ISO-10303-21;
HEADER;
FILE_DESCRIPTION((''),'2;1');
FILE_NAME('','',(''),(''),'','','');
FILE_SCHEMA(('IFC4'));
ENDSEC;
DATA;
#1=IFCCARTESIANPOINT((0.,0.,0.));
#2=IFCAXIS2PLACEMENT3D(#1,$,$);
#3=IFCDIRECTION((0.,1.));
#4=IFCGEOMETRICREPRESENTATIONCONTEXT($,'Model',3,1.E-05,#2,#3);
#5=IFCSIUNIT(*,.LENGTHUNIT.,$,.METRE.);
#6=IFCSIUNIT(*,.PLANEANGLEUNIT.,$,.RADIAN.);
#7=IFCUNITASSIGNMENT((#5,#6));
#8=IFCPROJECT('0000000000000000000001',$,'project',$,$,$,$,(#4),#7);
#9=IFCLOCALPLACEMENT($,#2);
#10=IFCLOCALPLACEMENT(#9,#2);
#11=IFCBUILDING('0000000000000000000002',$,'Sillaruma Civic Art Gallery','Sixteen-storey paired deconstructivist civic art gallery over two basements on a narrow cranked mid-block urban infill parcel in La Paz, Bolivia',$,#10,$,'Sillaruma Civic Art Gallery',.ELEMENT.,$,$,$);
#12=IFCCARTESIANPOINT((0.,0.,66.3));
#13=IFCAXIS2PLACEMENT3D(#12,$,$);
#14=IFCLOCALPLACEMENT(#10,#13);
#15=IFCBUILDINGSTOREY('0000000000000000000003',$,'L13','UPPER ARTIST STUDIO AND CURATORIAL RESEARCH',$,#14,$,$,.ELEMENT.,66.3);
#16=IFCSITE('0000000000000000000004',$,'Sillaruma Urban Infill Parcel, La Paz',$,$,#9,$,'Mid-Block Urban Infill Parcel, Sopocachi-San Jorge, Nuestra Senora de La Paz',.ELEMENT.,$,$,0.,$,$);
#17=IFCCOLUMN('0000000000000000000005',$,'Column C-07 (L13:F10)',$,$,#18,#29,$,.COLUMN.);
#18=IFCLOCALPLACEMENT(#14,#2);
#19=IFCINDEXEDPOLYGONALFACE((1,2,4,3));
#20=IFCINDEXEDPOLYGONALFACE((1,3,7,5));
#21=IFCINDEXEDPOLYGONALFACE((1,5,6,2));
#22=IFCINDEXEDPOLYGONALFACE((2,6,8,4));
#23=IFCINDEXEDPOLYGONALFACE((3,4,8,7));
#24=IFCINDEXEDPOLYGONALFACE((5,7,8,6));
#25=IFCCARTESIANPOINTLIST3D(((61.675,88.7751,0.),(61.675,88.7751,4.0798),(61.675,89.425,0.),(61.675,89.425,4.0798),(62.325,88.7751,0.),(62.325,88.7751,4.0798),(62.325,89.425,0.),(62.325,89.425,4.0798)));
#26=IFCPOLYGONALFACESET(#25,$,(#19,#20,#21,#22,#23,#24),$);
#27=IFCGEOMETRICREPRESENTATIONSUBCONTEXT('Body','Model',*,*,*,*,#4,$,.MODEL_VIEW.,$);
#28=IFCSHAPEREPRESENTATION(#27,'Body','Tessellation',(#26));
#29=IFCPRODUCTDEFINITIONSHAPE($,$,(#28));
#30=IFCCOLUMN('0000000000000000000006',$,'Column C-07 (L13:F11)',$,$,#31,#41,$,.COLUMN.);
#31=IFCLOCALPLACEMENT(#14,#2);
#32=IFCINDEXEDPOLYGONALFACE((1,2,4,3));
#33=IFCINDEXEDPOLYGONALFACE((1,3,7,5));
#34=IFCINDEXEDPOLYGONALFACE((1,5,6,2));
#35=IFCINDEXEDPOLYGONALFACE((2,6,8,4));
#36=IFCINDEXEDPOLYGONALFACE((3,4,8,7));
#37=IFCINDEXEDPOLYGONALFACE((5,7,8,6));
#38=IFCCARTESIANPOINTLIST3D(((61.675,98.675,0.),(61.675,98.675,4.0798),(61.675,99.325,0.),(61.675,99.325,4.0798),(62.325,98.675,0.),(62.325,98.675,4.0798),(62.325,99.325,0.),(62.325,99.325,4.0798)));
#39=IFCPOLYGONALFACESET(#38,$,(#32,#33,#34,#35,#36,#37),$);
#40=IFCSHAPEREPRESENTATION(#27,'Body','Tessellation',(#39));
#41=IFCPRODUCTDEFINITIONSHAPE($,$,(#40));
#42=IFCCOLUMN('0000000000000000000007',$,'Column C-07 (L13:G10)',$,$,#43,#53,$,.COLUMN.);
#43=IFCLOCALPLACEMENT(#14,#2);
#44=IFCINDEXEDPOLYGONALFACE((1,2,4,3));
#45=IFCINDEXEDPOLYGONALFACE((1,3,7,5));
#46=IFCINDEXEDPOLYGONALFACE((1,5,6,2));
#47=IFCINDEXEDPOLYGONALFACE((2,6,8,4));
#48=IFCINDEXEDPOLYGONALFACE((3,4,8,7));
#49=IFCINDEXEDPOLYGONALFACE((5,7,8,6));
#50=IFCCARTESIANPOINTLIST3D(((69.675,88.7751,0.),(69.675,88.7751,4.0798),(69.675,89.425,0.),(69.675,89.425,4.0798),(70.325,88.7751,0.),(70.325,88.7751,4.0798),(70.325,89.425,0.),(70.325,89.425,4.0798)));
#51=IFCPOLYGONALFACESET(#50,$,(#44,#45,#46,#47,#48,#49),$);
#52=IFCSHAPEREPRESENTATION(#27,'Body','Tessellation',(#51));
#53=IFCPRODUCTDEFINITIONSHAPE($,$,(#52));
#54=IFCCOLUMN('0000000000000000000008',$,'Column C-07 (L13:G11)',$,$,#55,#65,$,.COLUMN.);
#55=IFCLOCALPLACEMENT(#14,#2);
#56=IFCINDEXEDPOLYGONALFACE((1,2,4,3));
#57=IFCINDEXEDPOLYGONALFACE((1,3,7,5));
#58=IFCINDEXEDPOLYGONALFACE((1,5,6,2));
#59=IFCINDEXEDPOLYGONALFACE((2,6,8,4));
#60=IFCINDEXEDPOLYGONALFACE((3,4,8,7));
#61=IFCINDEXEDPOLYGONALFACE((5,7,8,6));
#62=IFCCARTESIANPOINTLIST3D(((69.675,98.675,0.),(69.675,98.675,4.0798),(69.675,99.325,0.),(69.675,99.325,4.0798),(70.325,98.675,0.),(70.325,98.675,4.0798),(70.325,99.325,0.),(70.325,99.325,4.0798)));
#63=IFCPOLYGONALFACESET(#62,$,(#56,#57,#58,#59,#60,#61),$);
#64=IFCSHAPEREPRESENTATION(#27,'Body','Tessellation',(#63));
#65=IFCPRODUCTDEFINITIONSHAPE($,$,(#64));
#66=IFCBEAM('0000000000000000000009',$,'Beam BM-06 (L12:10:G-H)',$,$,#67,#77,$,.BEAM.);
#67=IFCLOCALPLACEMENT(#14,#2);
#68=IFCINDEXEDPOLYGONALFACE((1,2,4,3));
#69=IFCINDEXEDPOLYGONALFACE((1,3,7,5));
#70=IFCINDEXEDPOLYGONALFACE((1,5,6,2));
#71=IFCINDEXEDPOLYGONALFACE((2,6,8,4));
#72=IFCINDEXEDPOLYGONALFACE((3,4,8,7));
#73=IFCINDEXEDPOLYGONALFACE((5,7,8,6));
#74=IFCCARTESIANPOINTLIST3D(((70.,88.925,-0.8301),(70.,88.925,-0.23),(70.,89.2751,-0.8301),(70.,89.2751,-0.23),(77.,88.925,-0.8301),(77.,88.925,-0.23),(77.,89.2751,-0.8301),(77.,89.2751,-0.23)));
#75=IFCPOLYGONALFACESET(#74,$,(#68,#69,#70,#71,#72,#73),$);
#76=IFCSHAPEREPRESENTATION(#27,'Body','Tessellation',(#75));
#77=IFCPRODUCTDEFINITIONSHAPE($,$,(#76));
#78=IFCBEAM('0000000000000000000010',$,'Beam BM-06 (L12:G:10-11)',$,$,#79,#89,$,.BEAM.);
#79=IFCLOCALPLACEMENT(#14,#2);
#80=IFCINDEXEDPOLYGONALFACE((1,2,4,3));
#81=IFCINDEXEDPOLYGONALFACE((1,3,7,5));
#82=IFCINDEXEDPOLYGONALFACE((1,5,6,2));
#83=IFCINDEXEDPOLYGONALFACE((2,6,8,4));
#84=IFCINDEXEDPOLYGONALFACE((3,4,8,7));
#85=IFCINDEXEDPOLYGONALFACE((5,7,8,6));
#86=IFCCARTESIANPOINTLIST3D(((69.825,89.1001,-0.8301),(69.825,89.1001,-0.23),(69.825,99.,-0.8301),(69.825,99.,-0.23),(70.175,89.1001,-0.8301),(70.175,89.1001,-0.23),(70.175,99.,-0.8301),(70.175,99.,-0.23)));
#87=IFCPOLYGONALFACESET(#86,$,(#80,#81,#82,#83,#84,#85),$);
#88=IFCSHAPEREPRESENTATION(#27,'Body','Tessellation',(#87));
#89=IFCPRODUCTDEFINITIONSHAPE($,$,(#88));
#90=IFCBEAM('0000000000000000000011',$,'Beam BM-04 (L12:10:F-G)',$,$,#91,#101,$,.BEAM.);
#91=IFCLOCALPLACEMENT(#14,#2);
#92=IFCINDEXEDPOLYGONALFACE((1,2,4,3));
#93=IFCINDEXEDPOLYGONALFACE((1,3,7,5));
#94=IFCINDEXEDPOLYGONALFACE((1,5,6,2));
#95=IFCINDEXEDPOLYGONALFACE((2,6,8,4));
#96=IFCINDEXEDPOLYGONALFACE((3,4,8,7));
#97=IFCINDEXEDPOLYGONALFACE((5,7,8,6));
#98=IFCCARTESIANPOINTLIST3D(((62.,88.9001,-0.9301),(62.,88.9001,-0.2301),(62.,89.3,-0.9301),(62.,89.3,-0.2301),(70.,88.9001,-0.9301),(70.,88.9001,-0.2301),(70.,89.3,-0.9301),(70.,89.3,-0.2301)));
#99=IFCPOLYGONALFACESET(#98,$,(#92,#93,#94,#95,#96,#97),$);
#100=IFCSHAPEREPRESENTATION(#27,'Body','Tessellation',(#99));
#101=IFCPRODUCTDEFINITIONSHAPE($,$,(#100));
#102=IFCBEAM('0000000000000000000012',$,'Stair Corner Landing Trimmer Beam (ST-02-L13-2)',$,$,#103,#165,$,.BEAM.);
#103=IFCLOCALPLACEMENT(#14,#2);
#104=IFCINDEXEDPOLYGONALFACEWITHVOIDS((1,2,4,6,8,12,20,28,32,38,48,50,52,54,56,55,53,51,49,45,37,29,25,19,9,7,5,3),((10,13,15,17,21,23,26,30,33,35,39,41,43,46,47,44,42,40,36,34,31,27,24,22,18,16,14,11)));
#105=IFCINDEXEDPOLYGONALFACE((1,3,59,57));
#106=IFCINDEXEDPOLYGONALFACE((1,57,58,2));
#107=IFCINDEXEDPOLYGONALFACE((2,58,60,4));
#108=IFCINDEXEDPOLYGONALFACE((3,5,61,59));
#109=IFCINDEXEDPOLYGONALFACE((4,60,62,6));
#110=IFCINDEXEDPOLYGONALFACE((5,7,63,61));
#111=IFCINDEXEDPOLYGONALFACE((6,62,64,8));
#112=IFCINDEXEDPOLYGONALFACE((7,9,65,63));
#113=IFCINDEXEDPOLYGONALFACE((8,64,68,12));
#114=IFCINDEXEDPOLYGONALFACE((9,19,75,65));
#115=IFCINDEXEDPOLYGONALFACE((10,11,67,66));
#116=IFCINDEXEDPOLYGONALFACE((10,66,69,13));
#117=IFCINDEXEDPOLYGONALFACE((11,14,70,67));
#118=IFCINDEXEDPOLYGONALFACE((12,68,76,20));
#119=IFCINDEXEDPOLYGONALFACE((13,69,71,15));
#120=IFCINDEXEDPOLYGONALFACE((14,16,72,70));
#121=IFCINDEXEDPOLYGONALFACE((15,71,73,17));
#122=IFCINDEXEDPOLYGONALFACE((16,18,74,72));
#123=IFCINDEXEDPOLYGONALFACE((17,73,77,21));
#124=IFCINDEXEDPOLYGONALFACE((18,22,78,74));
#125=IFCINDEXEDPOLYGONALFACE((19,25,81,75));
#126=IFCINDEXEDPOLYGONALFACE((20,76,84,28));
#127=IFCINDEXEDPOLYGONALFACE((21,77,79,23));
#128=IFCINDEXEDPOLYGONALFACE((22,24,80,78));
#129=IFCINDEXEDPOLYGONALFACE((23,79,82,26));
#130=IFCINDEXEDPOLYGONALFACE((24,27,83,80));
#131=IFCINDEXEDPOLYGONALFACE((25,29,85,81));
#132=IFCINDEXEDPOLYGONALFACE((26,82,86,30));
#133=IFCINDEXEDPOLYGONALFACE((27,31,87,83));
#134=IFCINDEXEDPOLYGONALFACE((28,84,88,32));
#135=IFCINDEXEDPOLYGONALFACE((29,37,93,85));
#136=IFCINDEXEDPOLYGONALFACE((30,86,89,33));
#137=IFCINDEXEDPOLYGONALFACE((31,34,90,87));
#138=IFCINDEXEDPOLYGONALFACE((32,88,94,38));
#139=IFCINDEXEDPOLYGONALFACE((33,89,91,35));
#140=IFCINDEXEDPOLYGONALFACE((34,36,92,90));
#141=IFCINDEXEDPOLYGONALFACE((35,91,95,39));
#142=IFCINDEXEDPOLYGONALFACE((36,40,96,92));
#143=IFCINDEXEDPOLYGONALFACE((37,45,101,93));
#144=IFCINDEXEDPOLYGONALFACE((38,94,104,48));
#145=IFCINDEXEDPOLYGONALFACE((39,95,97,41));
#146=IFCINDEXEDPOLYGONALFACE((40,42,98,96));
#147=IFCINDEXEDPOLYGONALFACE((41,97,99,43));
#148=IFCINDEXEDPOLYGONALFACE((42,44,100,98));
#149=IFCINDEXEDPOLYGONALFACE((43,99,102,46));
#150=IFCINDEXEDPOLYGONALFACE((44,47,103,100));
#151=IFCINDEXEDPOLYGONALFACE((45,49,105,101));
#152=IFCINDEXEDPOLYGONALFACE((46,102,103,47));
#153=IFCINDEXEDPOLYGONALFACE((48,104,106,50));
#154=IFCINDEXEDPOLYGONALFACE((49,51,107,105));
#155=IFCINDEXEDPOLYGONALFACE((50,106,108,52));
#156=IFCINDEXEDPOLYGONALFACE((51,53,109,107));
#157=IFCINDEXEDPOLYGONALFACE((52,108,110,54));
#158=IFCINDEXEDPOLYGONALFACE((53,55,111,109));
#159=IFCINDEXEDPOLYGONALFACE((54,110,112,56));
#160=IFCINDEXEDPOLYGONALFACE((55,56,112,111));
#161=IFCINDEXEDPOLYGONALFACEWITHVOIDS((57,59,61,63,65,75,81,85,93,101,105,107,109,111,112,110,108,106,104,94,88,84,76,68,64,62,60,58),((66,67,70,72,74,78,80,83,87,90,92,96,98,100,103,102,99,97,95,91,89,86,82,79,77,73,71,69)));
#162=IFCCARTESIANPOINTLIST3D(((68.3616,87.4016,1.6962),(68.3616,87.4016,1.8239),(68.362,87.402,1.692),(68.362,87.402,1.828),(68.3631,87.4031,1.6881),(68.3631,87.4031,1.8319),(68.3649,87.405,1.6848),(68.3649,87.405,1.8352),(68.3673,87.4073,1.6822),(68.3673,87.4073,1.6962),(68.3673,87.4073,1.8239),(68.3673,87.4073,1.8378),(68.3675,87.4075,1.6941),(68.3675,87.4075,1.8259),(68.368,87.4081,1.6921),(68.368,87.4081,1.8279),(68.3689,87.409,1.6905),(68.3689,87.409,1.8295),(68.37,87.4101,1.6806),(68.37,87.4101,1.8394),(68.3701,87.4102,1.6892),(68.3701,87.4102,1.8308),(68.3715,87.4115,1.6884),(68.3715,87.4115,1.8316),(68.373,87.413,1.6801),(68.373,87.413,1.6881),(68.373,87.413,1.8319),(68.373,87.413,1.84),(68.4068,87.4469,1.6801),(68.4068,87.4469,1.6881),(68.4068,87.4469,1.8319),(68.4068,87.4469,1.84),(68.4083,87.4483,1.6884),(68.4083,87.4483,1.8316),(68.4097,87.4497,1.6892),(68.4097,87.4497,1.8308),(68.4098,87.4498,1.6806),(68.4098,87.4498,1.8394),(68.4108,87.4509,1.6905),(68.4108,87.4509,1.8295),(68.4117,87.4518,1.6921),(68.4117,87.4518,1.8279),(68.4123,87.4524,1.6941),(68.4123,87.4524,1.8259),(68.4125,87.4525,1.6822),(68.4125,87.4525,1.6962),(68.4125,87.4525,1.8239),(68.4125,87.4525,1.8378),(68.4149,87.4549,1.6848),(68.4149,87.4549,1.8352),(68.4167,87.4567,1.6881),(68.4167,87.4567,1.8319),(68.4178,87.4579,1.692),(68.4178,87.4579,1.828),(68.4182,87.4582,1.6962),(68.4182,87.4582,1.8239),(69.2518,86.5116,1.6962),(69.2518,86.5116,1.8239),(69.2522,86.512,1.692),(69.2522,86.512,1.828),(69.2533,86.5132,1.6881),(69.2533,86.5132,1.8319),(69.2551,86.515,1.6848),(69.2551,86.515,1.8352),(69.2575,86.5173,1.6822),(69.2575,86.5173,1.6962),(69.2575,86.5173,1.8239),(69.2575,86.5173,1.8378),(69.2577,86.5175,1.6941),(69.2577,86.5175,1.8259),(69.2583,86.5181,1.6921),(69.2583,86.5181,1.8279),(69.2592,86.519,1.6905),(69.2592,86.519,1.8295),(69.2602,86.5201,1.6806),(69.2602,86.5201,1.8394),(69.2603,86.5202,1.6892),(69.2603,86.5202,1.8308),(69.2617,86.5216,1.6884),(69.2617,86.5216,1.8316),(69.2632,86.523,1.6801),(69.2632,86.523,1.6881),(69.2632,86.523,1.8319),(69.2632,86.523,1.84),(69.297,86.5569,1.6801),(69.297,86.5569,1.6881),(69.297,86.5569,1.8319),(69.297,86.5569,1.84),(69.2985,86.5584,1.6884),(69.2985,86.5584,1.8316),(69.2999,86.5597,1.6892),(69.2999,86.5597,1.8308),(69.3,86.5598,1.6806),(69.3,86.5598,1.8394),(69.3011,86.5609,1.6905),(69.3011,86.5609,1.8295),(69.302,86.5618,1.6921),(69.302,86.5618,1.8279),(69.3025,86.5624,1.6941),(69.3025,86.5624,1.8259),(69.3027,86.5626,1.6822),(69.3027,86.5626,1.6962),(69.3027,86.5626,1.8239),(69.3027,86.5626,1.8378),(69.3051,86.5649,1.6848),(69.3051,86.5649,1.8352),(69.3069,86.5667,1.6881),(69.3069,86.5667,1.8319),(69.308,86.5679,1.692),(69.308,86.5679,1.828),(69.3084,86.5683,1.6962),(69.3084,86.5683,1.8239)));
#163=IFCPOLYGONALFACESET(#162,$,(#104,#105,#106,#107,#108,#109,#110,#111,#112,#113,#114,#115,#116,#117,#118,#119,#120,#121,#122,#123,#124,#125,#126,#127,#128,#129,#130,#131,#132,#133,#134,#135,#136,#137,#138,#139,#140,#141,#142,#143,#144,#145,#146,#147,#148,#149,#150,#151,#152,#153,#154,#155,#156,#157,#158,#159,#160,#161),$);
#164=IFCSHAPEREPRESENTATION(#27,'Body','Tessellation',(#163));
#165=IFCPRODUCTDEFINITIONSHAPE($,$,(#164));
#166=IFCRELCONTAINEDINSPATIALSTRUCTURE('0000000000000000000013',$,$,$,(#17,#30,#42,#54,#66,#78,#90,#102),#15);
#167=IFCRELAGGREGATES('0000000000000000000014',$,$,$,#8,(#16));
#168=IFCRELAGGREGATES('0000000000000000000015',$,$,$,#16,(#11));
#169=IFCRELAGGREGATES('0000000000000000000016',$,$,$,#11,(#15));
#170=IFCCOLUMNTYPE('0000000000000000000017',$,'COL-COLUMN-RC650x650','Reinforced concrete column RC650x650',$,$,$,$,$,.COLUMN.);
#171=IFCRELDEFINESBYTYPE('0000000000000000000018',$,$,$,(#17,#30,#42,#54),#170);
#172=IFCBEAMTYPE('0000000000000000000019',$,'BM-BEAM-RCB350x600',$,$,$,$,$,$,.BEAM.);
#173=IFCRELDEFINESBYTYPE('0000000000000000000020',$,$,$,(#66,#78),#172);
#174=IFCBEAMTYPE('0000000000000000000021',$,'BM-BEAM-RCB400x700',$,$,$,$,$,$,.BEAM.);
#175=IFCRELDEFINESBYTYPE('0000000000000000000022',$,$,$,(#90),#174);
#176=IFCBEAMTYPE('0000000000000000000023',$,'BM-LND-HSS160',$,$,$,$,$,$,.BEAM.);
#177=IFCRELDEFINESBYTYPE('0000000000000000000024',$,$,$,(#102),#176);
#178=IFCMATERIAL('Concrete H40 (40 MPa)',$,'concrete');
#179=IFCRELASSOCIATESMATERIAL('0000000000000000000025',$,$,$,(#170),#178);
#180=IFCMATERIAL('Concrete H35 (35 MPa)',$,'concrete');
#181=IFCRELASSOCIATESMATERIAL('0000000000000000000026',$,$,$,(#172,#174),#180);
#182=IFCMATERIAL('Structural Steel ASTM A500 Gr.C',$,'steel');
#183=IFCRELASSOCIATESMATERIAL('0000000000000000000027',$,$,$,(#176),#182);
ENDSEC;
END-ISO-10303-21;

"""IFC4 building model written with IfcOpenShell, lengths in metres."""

from ifc_helpers import new_model, si_unit, direction, frame, origin, origin_2d, place, context, subcontext, project, spatial, rectangle, hollow_rectangle, extrude, material, material_profile, profile_set, type_object, element, save


model = new_model("IFC4")

# Units and contexts
model_context = context("Model", 3, precision=1e-05, world=origin(), true_north=direction((0.0, 1.0)))
body_context = subcontext(model_context, "Body", "Model", "MODEL_VIEW")
ifc_project = project(units=[si_unit("LENGTHUNIT", "METRE"), si_unit("PLANEANGLEUNIT", "RADIAN")], contexts=[model_context])

# Site, building, storey
site_placement = place(None, origin())
site = spatial("IfcSite", under=ifc_project, at=site_placement, Name="Sillaruma Urban Infill Parcel, La Paz", LongName="Mid-Block Urban Infill Parcel, Sopocachi-San Jorge, Nuestra Senora de La Paz", CompositionType="ELEMENT", RefElevation=0.0)
building_placement = place(site_placement, origin())
building = spatial("IfcBuilding", under=site, at=building_placement, Name="Sillaruma Civic Art Gallery", Description="Sixteen-storey paired deconstructivist civic art gallery over two basements on a narrow cranked mid-block urban infill parcel in La Paz, Bolivia", LongName="Sillaruma Civic Art Gallery", CompositionType="ELEMENT")
storey_placement = place(building_placement, frame((0.0, 0.0, 66.3)))
storey = spatial("IfcBuildingStorey", under=building, at=storey_placement, Name="L13", Description="UPPER ARTIST STUDIO AND CURATORIAL RESEARCH", CompositionType="ELEMENT", Elevation=66.3)

# Columns
ifc_material_1 = material(Name="Concrete H40 (40 MPa)", Category="concrete")
ifc_material_profile_1 = material_profile(ifc_material_1, rectangle(XDim=0.6499, YDim=0.6499, at=origin_2d()), Name="RC650x650")
ifc_profile_set_1 = profile_set([ifc_material_profile_1], Name="Concrete H40 (40 MPa)")
column_type = type_object("IfcColumnType", Name="COL-COLUMN-RC650x650", Description="Reinforced concrete column RC650x650", PredefinedType="COLUMN", material=ifc_profile_set_1)
for number, where, z_axis, x_axis, name in (
    (1, (62.0, 89.1001, 0.0), (0.0, 0.0, 1.0), (1.0, 0.0, 0.0), "Column C-07 (L13:F10)"),
    (2, (62.0, 99.0, 0.0), (0.0, 0.0, 1.0), (1.0, 0.0, 0.0), "Column C-07 (L13:F11)"),
    (3, (70.0, 89.1001, 0.0), (0.0, 0.0, 1.0), (1.0, 0.0, 0.0), "Column C-07 (L13:G10)"),
    (4, (70.0, 99.0, 0.0), (0.0, 0.0, 1.0), (1.0, 0.0, 0.0), "Column C-07 (L13:G11)"),
):
    element("IfcColumn", number, at=place(storey_placement, frame(where, z_axis=z_axis, x_axis=x_axis)), inside=storey, type_object=column_type, Name=name, PredefinedType="COLUMN", context=body_context, shape_type="SweptSolid", body=[
        extrude(rectangle(XDim=0.6499, YDim=0.6499, at=origin_2d()), origin(), (0.0, 0.0, 1.0), 4.0798),
    ])

# Beams
ifc_material_2 = material(Name="Concrete H35 (35 MPa)", Category="concrete")
ifc_material_profile_2 = material_profile(ifc_material_2, rectangle(XDim=0.3501, YDim=0.6001, at=origin_2d()), Name="RCB350x600")
ifc_profile_set_2 = profile_set([ifc_material_profile_2], Name="Concrete H35 (35 MPa)")
beam_type_1 = type_object("IfcBeamType", Name="BM-BEAM-RCB350x600", PredefinedType="BEAM", material=ifc_profile_set_2)
beam_1_placement = place(storey_placement, frame((70.0, 89.1001, -0.53), z_axis=(1.0, 0.0, 0.0), x_axis=(0.0, 1.0, 0.0)))
element("IfcBeam", 5, at=beam_1_placement, inside=storey, type_object=beam_type_1, Name="Beam BM-06 (L12:10:G-H)", PredefinedType="BEAM", context=body_context, shape_type="SweptSolid", body=[
    extrude(rectangle(XDim=0.3501, YDim=0.6001, at=origin_2d()), origin(), (0.0, 0.0, 1.0), 7.0),
])
beam_2_placement = place(storey_placement, frame((70.0, 89.1001, -0.53), z_axis=(0.0, 1.0, 0.0), x_axis=(-1.0, 0.0, 0.0)))
element("IfcBeam", 6, at=beam_2_placement, inside=storey, type_object=beam_type_1, Name="Beam BM-06 (L12:G:10-11)", PredefinedType="BEAM", context=body_context, shape_type="SweptSolid", body=[
    extrude(rectangle(XDim=0.3501, YDim=0.6001, at=origin_2d()), origin(), (0.0, 0.0, 1.0), 9.8999),
])
ifc_material_profile_3 = material_profile(ifc_material_2, rectangle(XDim=0.3999, YDim=0.7, at=origin_2d()), Name="RCB400x700")
ifc_profile_set_3 = profile_set([ifc_material_profile_3], Name="Concrete H35 (35 MPa)")
beam_type_2 = type_object("IfcBeamType", Name="BM-BEAM-RCB400x700", PredefinedType="BEAM", material=ifc_profile_set_3)
beam_3_placement = place(storey_placement, frame((62.0, 89.1001, -0.5801), z_axis=(1.0, 0.0, 0.0), x_axis=(0.0, 1.0, 0.0)))
element("IfcBeam", 7, at=beam_3_placement, inside=storey, type_object=beam_type_2, Name="Beam BM-04 (L12:10:F-G)", PredefinedType="BEAM", context=body_context, shape_type="SweptSolid", body=[
    extrude(rectangle(XDim=0.3999, YDim=0.7, at=origin_2d()), origin(), (0.0, 0.0, 1.0), 8.0),
])
ifc_material_3 = material(Name="Structural Steel ASTM A500 Gr.C", Category="steel")
ifc_material_profile_4 = material_profile(ifc_material_3, hollow_rectangle(XDim=0.0801, YDim=0.1599, WallThickness=0.0081, InnerFilletRadius=0.0081, OuterFilletRadius=0.0161, at=origin_2d()), Name="HSS160x80x8")
ifc_profile_set_4 = profile_set([ifc_material_profile_4], Name="Structural Steel ASTM A500 Gr.C")
beam_type_3 = type_object("IfcBeamType", Name="BM-LND-HSS160", PredefinedType="BEAM", material=ifc_profile_set_4)
for number, where, z_axis, x_axis, name in (
    (8, (68.3899, 87.4299, 1.76), (0.707204, -0.70701, 0.0), (0.70701, 0.707204, 0.0), "Stair Corner Landing Trimmer Beam (ST-02-L13-2)"),
):
    element("IfcBeam", number, at=place(storey_placement, frame(where, z_axis=z_axis, x_axis=x_axis)), inside=storey, type_object=beam_type_3, Name=name, PredefinedType="BEAM", context=body_context, shape_type="SweptSolid", body=[
        extrude(hollow_rectangle(XDim=0.0801, YDim=0.1599, WallThickness=0.0081, InnerFilletRadius=0.0081, OuterFilletRadius=0.0161, at=origin_2d()), origin(), (0.0, 0.0, 1.0), 1.2588),
    ])

save(model, "model.ifc")
